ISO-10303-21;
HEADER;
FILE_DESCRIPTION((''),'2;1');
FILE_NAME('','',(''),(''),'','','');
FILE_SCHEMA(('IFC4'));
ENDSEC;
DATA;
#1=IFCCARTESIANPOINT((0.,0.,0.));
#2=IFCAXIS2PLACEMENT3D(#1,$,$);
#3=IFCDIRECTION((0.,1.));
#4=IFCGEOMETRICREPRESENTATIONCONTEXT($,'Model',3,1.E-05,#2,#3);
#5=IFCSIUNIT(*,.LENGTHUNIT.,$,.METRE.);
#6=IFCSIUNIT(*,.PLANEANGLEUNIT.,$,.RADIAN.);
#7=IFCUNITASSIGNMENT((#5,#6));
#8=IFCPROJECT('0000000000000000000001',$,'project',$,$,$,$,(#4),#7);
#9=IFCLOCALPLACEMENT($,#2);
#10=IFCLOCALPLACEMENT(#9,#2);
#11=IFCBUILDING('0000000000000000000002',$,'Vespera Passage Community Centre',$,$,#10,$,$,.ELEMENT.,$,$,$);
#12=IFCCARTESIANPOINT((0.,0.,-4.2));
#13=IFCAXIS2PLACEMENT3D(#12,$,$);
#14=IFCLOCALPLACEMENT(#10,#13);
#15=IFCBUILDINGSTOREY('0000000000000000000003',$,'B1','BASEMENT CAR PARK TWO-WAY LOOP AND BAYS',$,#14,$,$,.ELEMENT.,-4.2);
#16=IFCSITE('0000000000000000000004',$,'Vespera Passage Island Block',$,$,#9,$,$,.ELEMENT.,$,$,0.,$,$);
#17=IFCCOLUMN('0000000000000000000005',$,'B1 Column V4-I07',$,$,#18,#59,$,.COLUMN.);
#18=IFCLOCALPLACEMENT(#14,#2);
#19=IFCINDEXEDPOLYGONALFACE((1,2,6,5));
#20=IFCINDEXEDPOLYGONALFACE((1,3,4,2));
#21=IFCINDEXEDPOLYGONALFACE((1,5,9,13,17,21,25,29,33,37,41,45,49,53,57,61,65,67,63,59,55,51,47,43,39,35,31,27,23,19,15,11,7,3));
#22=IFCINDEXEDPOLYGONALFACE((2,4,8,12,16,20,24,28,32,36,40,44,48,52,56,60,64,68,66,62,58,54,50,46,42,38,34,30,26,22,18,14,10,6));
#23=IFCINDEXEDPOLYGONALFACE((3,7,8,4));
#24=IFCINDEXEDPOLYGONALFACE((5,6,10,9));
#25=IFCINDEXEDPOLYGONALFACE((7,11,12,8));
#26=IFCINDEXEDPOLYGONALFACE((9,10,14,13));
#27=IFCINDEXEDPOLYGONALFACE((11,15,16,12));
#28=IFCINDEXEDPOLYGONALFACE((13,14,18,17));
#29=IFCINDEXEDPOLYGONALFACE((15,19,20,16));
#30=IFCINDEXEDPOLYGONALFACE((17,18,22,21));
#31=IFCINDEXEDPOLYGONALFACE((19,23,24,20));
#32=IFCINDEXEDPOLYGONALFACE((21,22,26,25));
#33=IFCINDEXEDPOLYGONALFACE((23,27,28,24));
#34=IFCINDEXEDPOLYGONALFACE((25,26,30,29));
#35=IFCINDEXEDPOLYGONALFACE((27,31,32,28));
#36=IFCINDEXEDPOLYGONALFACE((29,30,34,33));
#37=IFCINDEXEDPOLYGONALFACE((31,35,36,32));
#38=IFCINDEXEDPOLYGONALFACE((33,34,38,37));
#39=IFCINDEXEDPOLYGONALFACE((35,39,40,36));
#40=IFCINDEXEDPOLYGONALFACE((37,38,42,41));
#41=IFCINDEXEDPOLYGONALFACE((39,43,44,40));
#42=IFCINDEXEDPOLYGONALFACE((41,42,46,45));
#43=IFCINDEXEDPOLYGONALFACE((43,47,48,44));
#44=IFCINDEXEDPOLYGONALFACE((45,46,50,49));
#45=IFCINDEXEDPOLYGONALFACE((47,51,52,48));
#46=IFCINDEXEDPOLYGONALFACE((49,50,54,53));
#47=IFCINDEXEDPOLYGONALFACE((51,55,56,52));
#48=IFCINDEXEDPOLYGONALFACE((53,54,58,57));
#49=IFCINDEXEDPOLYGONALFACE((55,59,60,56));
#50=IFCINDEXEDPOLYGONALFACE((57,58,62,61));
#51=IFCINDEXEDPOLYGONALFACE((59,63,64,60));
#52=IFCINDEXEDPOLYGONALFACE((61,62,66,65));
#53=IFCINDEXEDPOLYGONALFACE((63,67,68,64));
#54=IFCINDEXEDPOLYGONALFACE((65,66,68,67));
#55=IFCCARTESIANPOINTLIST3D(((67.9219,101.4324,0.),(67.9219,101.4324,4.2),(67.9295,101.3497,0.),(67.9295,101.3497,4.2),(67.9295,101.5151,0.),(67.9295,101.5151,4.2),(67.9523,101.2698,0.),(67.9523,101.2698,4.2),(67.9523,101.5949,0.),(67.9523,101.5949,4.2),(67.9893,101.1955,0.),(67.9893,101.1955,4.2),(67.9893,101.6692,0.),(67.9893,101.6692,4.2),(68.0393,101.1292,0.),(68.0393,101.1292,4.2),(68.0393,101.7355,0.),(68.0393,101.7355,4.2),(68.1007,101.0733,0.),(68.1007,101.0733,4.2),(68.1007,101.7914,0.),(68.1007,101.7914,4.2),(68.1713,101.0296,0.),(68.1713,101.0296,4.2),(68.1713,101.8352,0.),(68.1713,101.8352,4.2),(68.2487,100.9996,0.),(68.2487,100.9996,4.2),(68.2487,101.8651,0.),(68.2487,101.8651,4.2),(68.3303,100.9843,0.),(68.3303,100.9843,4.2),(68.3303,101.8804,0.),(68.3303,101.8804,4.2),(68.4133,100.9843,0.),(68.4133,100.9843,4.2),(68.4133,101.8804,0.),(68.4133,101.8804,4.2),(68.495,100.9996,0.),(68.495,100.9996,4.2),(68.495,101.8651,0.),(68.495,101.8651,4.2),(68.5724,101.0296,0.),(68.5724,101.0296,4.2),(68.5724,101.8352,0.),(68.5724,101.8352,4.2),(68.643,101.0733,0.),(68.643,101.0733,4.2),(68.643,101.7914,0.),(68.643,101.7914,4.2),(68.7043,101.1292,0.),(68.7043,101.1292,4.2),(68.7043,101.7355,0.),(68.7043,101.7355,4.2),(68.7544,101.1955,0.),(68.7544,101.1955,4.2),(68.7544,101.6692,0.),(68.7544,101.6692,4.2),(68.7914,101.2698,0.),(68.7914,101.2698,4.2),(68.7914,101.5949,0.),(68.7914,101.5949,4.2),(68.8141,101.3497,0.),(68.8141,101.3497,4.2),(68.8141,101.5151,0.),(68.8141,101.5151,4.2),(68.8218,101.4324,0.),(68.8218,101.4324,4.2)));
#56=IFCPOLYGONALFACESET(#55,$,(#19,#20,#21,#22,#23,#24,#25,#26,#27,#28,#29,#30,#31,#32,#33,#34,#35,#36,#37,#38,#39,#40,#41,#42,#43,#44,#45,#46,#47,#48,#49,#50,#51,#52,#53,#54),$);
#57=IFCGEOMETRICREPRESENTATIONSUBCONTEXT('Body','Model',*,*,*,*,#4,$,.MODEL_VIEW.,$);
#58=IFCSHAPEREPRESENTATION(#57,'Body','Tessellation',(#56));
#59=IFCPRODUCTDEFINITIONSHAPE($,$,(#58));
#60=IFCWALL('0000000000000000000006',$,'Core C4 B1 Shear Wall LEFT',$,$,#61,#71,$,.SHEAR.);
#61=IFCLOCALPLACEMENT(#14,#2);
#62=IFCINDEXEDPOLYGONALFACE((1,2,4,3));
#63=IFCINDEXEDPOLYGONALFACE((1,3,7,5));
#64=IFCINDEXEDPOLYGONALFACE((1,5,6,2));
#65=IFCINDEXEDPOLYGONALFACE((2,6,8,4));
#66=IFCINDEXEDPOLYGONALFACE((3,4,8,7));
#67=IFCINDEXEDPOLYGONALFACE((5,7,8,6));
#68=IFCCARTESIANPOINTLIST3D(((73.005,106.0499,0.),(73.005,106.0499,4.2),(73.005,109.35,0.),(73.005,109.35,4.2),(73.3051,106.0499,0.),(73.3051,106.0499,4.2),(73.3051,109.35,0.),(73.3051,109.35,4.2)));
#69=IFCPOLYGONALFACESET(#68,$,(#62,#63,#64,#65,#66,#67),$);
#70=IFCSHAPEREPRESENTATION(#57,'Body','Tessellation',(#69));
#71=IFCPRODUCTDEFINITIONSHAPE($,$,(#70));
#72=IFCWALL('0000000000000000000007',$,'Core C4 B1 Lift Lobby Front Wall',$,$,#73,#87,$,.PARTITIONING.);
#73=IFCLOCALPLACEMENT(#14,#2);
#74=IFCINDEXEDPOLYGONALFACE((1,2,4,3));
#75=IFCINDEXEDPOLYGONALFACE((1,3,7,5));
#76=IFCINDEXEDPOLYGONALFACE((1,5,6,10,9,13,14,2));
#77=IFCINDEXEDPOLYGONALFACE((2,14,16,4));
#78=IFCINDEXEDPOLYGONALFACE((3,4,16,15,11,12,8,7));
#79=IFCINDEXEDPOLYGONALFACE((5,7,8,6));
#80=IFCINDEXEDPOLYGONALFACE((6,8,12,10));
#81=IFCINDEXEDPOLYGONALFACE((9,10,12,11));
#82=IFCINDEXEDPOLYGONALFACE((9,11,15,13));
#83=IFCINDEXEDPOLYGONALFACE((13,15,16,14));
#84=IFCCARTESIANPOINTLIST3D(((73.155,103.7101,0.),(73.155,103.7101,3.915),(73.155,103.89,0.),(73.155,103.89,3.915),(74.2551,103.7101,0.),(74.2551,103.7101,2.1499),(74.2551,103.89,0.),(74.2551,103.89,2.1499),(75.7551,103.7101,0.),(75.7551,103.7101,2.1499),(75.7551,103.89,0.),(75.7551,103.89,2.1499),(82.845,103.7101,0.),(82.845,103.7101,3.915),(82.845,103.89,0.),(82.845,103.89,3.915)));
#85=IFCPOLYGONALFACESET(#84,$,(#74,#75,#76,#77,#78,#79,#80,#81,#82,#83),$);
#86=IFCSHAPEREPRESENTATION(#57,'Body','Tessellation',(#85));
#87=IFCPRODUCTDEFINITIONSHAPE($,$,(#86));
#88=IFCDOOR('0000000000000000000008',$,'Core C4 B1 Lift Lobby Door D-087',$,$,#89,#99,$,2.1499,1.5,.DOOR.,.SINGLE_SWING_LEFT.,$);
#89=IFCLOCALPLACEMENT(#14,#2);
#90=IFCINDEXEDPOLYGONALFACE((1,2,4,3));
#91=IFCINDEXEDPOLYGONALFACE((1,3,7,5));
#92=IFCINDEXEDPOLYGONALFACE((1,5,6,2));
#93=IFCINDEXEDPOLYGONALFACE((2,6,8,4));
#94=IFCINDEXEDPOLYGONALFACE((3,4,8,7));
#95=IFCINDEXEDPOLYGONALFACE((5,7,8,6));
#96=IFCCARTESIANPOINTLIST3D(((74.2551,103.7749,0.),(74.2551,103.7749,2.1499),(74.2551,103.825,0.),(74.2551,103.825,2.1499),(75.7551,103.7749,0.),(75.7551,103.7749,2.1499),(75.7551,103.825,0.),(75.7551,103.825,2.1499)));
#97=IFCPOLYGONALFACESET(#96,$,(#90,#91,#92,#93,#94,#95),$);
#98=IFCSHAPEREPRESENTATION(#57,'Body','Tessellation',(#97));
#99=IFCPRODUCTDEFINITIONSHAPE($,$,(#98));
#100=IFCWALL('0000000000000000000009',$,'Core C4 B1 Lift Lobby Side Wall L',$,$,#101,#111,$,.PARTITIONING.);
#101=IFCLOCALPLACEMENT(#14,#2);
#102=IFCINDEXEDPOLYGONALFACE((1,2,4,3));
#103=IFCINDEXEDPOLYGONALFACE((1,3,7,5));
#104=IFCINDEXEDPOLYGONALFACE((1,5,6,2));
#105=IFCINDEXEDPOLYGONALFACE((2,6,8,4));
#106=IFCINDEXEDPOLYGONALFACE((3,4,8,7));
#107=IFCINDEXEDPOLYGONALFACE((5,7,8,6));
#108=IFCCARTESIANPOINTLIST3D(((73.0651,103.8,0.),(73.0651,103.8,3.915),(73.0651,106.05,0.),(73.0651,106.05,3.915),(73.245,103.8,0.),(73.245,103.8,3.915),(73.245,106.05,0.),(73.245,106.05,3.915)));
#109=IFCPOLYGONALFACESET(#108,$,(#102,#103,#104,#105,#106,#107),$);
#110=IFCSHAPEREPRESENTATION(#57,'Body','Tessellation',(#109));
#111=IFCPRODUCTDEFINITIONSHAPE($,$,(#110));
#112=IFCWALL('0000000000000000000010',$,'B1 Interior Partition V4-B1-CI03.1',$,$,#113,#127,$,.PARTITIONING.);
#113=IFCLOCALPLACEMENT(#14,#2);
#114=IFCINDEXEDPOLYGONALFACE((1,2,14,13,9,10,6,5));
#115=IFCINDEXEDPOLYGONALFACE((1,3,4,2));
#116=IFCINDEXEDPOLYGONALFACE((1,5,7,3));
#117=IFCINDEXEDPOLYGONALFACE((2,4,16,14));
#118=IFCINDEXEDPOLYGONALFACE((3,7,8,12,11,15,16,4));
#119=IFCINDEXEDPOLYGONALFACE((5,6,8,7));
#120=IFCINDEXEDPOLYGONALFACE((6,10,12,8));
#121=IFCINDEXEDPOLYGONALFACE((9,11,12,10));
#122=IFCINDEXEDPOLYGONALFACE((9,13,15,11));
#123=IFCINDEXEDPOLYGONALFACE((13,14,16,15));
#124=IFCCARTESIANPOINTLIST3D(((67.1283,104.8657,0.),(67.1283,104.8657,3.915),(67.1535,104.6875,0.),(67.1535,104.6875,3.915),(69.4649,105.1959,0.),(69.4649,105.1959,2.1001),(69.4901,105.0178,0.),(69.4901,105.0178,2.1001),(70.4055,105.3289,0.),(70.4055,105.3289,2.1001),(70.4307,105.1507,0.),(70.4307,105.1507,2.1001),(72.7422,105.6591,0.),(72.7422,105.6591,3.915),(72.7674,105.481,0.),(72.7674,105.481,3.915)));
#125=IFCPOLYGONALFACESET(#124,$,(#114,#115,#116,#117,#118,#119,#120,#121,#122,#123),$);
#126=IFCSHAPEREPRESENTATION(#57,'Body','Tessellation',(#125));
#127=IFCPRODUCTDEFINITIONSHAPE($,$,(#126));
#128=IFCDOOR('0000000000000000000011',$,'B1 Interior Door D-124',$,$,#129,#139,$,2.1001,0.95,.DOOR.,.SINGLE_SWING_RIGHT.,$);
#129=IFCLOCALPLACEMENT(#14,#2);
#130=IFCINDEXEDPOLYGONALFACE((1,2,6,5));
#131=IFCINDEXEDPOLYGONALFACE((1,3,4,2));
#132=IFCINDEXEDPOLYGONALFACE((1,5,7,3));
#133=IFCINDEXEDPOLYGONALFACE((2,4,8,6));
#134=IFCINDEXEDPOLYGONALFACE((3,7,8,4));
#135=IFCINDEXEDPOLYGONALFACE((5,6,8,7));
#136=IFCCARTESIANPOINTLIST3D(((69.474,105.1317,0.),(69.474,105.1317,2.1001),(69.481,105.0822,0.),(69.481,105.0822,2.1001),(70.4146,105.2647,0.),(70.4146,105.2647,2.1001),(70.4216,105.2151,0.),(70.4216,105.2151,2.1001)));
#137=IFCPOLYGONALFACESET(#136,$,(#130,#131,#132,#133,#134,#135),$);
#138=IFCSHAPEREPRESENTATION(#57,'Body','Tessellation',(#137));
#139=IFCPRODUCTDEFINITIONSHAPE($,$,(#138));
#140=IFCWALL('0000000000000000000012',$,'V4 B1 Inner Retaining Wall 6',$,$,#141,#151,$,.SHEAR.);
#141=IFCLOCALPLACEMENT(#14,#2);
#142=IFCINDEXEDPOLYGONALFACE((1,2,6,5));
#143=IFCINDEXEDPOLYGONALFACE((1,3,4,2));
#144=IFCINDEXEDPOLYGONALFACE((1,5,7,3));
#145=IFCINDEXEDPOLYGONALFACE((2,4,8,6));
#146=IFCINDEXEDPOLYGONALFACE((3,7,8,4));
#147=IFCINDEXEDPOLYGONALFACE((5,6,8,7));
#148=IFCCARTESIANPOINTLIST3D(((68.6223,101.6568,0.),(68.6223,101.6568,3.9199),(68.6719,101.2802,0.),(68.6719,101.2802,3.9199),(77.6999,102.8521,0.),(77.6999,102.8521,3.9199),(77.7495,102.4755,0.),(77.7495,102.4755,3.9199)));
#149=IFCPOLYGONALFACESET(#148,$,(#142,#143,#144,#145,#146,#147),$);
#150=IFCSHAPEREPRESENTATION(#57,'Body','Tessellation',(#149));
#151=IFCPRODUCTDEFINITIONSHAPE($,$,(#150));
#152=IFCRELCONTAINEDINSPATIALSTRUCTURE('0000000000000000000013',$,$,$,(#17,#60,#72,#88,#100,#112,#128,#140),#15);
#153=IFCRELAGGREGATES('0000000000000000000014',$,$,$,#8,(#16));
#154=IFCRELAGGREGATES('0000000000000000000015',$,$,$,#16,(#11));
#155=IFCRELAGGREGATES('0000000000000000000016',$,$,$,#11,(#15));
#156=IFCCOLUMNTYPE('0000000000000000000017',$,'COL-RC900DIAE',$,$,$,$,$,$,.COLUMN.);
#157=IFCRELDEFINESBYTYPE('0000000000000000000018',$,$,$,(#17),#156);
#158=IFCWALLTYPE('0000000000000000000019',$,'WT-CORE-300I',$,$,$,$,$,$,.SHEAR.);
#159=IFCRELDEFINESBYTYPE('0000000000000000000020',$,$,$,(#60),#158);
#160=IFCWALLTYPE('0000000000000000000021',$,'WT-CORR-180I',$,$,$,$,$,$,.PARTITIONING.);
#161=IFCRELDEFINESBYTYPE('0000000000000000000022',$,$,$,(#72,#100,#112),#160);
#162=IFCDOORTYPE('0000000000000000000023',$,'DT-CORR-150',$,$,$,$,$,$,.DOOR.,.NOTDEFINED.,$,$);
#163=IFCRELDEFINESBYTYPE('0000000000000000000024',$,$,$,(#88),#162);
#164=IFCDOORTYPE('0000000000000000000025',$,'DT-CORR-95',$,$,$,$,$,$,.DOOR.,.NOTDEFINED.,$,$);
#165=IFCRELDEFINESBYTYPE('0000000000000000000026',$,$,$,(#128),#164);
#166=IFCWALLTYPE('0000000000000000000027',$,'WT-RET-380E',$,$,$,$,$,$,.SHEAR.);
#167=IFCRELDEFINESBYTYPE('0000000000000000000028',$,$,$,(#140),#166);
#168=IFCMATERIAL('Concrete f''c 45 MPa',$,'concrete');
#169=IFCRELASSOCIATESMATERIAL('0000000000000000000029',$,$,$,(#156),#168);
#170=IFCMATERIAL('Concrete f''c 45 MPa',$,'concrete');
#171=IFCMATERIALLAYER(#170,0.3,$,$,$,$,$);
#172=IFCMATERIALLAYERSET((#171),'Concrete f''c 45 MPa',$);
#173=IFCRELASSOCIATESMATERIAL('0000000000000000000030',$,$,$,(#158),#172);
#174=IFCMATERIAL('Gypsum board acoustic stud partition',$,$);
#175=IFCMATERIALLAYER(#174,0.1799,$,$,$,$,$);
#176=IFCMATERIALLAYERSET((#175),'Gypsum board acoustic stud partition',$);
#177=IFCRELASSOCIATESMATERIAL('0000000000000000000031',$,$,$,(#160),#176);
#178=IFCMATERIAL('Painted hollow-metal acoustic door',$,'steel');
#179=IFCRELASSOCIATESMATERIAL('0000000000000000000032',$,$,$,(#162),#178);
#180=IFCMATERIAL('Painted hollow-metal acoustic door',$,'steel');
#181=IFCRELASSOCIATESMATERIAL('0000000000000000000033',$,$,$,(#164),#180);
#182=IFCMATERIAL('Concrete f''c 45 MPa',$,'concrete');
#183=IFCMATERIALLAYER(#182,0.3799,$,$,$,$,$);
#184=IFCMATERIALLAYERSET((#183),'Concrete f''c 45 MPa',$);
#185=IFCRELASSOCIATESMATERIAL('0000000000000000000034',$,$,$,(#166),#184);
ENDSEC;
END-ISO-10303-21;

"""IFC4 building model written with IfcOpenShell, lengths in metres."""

from ifc_helpers import new_model, si_unit, direction, frame, frame_2d, origin, origin_2d, place, context, subcontext, project, spatial, rectangle, circle, extrude, material, layer, layer_set, material_profile, profile_set, type_object, element, fill, save


model = new_model("IFC4")

# Units and contexts
model_context = context("Model", 3, precision=1e-05, world=origin(), true_north=direction((0.0, 1.0)))
body_context = subcontext(model_context, "Body", "Model", "MODEL_VIEW")
ifc_project = project(units=[si_unit("LENGTHUNIT", "METRE"), si_unit("PLANEANGLEUNIT", "RADIAN")], contexts=[model_context])

# Site, building, storey
site_placement = place(None, origin())
site = spatial("IfcSite", under=ifc_project, at=site_placement, Name="Vespera Passage Island Block", CompositionType="ELEMENT", RefElevation=0.0)
building_placement = place(site_placement, origin())
building = spatial("IfcBuilding", under=site, at=building_placement, Name="Vespera Passage Community Centre", CompositionType="ELEMENT")
storey_placement = place(building_placement, frame((0.0, 0.0, -4.2)))
storey = spatial("IfcBuildingStorey", under=building, at=storey_placement, Name="B1", Description="BASEMENT CAR PARK TWO-WAY LOOP AND BAYS", CompositionType="ELEMENT", Elevation=-4.2)

# Column
ifc_material_1 = material(Name="Concrete f'c 45 MPa", Category="concrete")
ifc_material_profile_1 = material_profile(ifc_material_1, circle(Radius=0.45, at=origin_2d()), Name="RC900DIA")
ifc_profile_set_1 = profile_set([ifc_material_profile_1], Name="Concrete f'c 45 MPa")
column_type_1 = type_object("IfcColumnType", Name="COL-RC900DIAE", PredefinedType="COLUMN", material=ifc_profile_set_1)
for number, where, z_axis, x_axis, name in (
    (1, (68.3718, 101.4324, 0.0), (0.0, 0.0, 1.0), (1.0, 0.0, 0.0), "B1 Column V4-I07"),
):
    element("IfcColumn", number, at=place(storey_placement, frame(where, z_axis=z_axis, x_axis=x_axis)), inside=storey, type_object=column_type_1, Name=name, PredefinedType="COLUMN", context=body_context, shape_type="SweptSolid", body=[
        extrude(circle(Radius=0.45, at=origin_2d()), origin(), (0.0, 0.0, 1.0), 4.2),
    ])

# Wall
ifc_material_2 = material(Name="Concrete f'c 45 MPa", Category="concrete")
ifc_layer_1 = layer(ifc_material_2, 0.3)
ifc_layer_set_1 = layer_set([ifc_layer_1], Name="Concrete f'c 45 MPa")
wall_type_1 = type_object("IfcWallType", Name="WT-CORE-300I", PredefinedType="SHEAR", material=ifc_layer_set_1)
wall_1_placement = place(storey_placement, frame((73.155, 106.05, 0.0), z_axis=(0.0, 0.0, 1.0), x_axis=(0.0, 1.0, 0.0)))
element("IfcWall", 2, at=wall_1_placement, inside=storey, type_object=wall_type_1, Name="Core C4 B1 Shear Wall LEFT", PredefinedType="SHEAR", context=body_context, shape_type="SweptSolid", body=[
    extrude(rectangle(XDim=3.3, YDim=0.3, at=frame_2d((1.6499, 0.0))), origin(), (0.0, 0.0, 1.0), 4.2),
])

# Wall, opening, door
ifc_material_3 = material(Name="Gypsum board acoustic stud partition")
ifc_layer_2 = layer(ifc_material_3, 0.1799)
ifc_layer_set_2 = layer_set([ifc_layer_2], Name="Gypsum board acoustic stud partition")
wall_type_2 = type_object("IfcWallType", Name="WT-CORR-180I", PredefinedType="PARTITIONING", material=ifc_layer_set_2)
wall_2_placement = place(storey_placement, frame((73.155, 103.8, 0.0), z_axis=(0.0, 0.0, 1.0), x_axis=(1.0, 0.0, 0.0)))
wall_2 = element("IfcWall", 3, at=wall_2_placement, inside=storey, type_object=wall_type_2, Name="Core C4 B1 Lift Lobby Front Wall", PredefinedType="PARTITIONING", context=body_context, shape_type="SweptSolid", body=[
    extrude(rectangle(XDim=9.6899, YDim=0.1799, at=frame_2d((4.845, 0.0))), origin(), (0.0, 0.0, 1.0), 3.915),
])
opening_1_placement = place(wall_2_placement, frame((1.1001, 0.0, 0.0)))
opening_1 = element("IfcOpeningElement", 4, at=opening_1_placement, cuts=wall_2, PredefinedType="OPENING", context=body_context, shape_type="SweptSolid", body=[
    extrude(rectangle(XDim=1.5, YDim=2.1499, at=frame_2d((0.75, 1.075))), frame((0.0, 0.0999, 0.0), z_axis=(0.0, -1.0, 0.0), x_axis=(1.0, 0.0, 0.0)), (0.0, 0.0, 1.0), 0.2),
])
ifc_material_4 = material(Name="Painted hollow-metal acoustic door", Category="steel")
door_type_1 = type_object("IfcDoorType", Name="DT-CORR-150", OperationType="NOTDEFINED", PredefinedType="DOOR", material=ifc_material_4)
door_1_placement = place(opening_1_placement, origin())
door_1 = element("IfcDoor", 5, at=door_1_placement, inside=storey, type_object=door_type_1, Name="Core C4 B1 Lift Lobby Door D-087", OperationType="SINGLE_SWING_LEFT", OverallHeight=2.1499, OverallWidth=1.5, PredefinedType="DOOR", context=body_context, shape_type="SweptSolid", body=[
    extrude(rectangle(XDim=1.5, YDim=2.1499, at=frame_2d((0.75, 1.075))), frame((0.0, 0.0249, 0.0), z_axis=(0.0, -1.0, 0.0), x_axis=(1.0, 0.0, 0.0)), (0.0, 0.0, 1.0), 0.05),
])
fill(opening_1, door_1)

# Wall
wall_3_placement = place(storey_placement, frame((73.155, 106.05, 0.0), z_axis=(0.0, 0.0, 1.0), x_axis=(0.0, -1.0, 0.0)))
element("IfcWall", 6, at=wall_3_placement, inside=storey, type_object=wall_type_2, Name="Core C4 B1 Lift Lobby Side Wall L", PredefinedType="PARTITIONING", context=body_context, shape_type="SweptSolid", body=[
    extrude(rectangle(XDim=2.25, YDim=0.1799, at=frame_2d((1.125, 0.0))), origin(), (0.0, 0.0, 1.0), 3.915),
])

# Wall, opening, door
wall_4_placement = place(storey_placement, frame((72.7549, 105.5701, 0.0), z_axis=(0.0, 0.0, 1.0), x_axis=(-0.990159, -0.13995, 0.0)))
wall_4 = element("IfcWall", 7, at=wall_4_placement, inside=storey, type_object=wall_type_2, Name="B1 Interior Partition V4-B1-CI03.1", PredefinedType="PARTITIONING", context=body_context, shape_type="SweptSolid", body=[
    extrude(rectangle(XDim=5.6697, YDim=0.1799, at=frame_2d((2.835, 0.0))), origin(), (0.0, 0.0, 1.0), 3.915),
])
opening_2_placement = place(wall_4_placement, frame((2.3599, 0.0, 0.0)))
opening_2 = element("IfcOpeningElement", 8, at=opening_2_placement, cuts=wall_4, PredefinedType="OPENING", context=body_context, shape_type="SweptSolid", body=[
    extrude(rectangle(XDim=0.95, YDim=2.1001, at=frame_2d((0.4751, 1.05))), frame((0.0, 0.0999, 0.0), z_axis=(0.0, -1.0, 0.0), x_axis=(1.0, 0.0, 0.0)), (0.0, 0.0, 1.0), 0.2),
])
ifc_material_5 = material(Name="Painted hollow-metal acoustic door", Category="steel")
door_type_2 = type_object("IfcDoorType", Name="DT-CORR-95", OperationType="NOTDEFINED", PredefinedType="DOOR", material=ifc_material_5)
door_2_placement = place(opening_2_placement, origin())
door_2 = element("IfcDoor", 9, at=door_2_placement, inside=storey, type_object=door_type_2, Name="B1 Interior Door D-124", OperationType="SINGLE_SWING_RIGHT", OverallHeight=2.1001, OverallWidth=0.95, PredefinedType="DOOR", context=body_context, shape_type="SweptSolid", body=[
    extrude(rectangle(XDim=0.95, YDim=2.1001, at=frame_2d((0.4751, 1.05))), frame((0.0, 0.0249, 0.0), z_axis=(0.0, -1.0, 0.0), x_axis=(1.0, 0.0, 0.0)), (0.0, 0.0, 1.0), 0.05),
])
fill(opening_2, door_2)

# Wall
ifc_material_6 = material(Name="Concrete f'c 45 MPa", Category="concrete")
ifc_layer_3 = layer(ifc_material_6, 0.3799)
ifc_layer_set_3 = layer_set([ifc_layer_3], Name="Concrete f'c 45 MPa")
wall_type_3 = type_object("IfcWallType", Name="WT-RET-380E", PredefinedType="SHEAR", material=ifc_layer_set_3)
wall_5_placement = place(storey_placement, frame((77.7249, 102.6638, 0.0), z_axis=(0.0, 0.0, 1.0), x_axis=(-0.991442, -0.13055, 0.0)))
element("IfcWall", 10, at=wall_5_placement, inside=storey, type_object=wall_type_3, Name="V4 B1 Inner Retaining Wall 6", PredefinedType="SHEAR", context=body_context, shape_type="SweptSolid", body=[
    extrude(rectangle(XDim=9.156, YDim=0.3799, at=frame_2d((4.5781, 0.0))), origin(), (0.0, 0.0, 1.0), 3.9199),
])

save(model, "model.ifc")
